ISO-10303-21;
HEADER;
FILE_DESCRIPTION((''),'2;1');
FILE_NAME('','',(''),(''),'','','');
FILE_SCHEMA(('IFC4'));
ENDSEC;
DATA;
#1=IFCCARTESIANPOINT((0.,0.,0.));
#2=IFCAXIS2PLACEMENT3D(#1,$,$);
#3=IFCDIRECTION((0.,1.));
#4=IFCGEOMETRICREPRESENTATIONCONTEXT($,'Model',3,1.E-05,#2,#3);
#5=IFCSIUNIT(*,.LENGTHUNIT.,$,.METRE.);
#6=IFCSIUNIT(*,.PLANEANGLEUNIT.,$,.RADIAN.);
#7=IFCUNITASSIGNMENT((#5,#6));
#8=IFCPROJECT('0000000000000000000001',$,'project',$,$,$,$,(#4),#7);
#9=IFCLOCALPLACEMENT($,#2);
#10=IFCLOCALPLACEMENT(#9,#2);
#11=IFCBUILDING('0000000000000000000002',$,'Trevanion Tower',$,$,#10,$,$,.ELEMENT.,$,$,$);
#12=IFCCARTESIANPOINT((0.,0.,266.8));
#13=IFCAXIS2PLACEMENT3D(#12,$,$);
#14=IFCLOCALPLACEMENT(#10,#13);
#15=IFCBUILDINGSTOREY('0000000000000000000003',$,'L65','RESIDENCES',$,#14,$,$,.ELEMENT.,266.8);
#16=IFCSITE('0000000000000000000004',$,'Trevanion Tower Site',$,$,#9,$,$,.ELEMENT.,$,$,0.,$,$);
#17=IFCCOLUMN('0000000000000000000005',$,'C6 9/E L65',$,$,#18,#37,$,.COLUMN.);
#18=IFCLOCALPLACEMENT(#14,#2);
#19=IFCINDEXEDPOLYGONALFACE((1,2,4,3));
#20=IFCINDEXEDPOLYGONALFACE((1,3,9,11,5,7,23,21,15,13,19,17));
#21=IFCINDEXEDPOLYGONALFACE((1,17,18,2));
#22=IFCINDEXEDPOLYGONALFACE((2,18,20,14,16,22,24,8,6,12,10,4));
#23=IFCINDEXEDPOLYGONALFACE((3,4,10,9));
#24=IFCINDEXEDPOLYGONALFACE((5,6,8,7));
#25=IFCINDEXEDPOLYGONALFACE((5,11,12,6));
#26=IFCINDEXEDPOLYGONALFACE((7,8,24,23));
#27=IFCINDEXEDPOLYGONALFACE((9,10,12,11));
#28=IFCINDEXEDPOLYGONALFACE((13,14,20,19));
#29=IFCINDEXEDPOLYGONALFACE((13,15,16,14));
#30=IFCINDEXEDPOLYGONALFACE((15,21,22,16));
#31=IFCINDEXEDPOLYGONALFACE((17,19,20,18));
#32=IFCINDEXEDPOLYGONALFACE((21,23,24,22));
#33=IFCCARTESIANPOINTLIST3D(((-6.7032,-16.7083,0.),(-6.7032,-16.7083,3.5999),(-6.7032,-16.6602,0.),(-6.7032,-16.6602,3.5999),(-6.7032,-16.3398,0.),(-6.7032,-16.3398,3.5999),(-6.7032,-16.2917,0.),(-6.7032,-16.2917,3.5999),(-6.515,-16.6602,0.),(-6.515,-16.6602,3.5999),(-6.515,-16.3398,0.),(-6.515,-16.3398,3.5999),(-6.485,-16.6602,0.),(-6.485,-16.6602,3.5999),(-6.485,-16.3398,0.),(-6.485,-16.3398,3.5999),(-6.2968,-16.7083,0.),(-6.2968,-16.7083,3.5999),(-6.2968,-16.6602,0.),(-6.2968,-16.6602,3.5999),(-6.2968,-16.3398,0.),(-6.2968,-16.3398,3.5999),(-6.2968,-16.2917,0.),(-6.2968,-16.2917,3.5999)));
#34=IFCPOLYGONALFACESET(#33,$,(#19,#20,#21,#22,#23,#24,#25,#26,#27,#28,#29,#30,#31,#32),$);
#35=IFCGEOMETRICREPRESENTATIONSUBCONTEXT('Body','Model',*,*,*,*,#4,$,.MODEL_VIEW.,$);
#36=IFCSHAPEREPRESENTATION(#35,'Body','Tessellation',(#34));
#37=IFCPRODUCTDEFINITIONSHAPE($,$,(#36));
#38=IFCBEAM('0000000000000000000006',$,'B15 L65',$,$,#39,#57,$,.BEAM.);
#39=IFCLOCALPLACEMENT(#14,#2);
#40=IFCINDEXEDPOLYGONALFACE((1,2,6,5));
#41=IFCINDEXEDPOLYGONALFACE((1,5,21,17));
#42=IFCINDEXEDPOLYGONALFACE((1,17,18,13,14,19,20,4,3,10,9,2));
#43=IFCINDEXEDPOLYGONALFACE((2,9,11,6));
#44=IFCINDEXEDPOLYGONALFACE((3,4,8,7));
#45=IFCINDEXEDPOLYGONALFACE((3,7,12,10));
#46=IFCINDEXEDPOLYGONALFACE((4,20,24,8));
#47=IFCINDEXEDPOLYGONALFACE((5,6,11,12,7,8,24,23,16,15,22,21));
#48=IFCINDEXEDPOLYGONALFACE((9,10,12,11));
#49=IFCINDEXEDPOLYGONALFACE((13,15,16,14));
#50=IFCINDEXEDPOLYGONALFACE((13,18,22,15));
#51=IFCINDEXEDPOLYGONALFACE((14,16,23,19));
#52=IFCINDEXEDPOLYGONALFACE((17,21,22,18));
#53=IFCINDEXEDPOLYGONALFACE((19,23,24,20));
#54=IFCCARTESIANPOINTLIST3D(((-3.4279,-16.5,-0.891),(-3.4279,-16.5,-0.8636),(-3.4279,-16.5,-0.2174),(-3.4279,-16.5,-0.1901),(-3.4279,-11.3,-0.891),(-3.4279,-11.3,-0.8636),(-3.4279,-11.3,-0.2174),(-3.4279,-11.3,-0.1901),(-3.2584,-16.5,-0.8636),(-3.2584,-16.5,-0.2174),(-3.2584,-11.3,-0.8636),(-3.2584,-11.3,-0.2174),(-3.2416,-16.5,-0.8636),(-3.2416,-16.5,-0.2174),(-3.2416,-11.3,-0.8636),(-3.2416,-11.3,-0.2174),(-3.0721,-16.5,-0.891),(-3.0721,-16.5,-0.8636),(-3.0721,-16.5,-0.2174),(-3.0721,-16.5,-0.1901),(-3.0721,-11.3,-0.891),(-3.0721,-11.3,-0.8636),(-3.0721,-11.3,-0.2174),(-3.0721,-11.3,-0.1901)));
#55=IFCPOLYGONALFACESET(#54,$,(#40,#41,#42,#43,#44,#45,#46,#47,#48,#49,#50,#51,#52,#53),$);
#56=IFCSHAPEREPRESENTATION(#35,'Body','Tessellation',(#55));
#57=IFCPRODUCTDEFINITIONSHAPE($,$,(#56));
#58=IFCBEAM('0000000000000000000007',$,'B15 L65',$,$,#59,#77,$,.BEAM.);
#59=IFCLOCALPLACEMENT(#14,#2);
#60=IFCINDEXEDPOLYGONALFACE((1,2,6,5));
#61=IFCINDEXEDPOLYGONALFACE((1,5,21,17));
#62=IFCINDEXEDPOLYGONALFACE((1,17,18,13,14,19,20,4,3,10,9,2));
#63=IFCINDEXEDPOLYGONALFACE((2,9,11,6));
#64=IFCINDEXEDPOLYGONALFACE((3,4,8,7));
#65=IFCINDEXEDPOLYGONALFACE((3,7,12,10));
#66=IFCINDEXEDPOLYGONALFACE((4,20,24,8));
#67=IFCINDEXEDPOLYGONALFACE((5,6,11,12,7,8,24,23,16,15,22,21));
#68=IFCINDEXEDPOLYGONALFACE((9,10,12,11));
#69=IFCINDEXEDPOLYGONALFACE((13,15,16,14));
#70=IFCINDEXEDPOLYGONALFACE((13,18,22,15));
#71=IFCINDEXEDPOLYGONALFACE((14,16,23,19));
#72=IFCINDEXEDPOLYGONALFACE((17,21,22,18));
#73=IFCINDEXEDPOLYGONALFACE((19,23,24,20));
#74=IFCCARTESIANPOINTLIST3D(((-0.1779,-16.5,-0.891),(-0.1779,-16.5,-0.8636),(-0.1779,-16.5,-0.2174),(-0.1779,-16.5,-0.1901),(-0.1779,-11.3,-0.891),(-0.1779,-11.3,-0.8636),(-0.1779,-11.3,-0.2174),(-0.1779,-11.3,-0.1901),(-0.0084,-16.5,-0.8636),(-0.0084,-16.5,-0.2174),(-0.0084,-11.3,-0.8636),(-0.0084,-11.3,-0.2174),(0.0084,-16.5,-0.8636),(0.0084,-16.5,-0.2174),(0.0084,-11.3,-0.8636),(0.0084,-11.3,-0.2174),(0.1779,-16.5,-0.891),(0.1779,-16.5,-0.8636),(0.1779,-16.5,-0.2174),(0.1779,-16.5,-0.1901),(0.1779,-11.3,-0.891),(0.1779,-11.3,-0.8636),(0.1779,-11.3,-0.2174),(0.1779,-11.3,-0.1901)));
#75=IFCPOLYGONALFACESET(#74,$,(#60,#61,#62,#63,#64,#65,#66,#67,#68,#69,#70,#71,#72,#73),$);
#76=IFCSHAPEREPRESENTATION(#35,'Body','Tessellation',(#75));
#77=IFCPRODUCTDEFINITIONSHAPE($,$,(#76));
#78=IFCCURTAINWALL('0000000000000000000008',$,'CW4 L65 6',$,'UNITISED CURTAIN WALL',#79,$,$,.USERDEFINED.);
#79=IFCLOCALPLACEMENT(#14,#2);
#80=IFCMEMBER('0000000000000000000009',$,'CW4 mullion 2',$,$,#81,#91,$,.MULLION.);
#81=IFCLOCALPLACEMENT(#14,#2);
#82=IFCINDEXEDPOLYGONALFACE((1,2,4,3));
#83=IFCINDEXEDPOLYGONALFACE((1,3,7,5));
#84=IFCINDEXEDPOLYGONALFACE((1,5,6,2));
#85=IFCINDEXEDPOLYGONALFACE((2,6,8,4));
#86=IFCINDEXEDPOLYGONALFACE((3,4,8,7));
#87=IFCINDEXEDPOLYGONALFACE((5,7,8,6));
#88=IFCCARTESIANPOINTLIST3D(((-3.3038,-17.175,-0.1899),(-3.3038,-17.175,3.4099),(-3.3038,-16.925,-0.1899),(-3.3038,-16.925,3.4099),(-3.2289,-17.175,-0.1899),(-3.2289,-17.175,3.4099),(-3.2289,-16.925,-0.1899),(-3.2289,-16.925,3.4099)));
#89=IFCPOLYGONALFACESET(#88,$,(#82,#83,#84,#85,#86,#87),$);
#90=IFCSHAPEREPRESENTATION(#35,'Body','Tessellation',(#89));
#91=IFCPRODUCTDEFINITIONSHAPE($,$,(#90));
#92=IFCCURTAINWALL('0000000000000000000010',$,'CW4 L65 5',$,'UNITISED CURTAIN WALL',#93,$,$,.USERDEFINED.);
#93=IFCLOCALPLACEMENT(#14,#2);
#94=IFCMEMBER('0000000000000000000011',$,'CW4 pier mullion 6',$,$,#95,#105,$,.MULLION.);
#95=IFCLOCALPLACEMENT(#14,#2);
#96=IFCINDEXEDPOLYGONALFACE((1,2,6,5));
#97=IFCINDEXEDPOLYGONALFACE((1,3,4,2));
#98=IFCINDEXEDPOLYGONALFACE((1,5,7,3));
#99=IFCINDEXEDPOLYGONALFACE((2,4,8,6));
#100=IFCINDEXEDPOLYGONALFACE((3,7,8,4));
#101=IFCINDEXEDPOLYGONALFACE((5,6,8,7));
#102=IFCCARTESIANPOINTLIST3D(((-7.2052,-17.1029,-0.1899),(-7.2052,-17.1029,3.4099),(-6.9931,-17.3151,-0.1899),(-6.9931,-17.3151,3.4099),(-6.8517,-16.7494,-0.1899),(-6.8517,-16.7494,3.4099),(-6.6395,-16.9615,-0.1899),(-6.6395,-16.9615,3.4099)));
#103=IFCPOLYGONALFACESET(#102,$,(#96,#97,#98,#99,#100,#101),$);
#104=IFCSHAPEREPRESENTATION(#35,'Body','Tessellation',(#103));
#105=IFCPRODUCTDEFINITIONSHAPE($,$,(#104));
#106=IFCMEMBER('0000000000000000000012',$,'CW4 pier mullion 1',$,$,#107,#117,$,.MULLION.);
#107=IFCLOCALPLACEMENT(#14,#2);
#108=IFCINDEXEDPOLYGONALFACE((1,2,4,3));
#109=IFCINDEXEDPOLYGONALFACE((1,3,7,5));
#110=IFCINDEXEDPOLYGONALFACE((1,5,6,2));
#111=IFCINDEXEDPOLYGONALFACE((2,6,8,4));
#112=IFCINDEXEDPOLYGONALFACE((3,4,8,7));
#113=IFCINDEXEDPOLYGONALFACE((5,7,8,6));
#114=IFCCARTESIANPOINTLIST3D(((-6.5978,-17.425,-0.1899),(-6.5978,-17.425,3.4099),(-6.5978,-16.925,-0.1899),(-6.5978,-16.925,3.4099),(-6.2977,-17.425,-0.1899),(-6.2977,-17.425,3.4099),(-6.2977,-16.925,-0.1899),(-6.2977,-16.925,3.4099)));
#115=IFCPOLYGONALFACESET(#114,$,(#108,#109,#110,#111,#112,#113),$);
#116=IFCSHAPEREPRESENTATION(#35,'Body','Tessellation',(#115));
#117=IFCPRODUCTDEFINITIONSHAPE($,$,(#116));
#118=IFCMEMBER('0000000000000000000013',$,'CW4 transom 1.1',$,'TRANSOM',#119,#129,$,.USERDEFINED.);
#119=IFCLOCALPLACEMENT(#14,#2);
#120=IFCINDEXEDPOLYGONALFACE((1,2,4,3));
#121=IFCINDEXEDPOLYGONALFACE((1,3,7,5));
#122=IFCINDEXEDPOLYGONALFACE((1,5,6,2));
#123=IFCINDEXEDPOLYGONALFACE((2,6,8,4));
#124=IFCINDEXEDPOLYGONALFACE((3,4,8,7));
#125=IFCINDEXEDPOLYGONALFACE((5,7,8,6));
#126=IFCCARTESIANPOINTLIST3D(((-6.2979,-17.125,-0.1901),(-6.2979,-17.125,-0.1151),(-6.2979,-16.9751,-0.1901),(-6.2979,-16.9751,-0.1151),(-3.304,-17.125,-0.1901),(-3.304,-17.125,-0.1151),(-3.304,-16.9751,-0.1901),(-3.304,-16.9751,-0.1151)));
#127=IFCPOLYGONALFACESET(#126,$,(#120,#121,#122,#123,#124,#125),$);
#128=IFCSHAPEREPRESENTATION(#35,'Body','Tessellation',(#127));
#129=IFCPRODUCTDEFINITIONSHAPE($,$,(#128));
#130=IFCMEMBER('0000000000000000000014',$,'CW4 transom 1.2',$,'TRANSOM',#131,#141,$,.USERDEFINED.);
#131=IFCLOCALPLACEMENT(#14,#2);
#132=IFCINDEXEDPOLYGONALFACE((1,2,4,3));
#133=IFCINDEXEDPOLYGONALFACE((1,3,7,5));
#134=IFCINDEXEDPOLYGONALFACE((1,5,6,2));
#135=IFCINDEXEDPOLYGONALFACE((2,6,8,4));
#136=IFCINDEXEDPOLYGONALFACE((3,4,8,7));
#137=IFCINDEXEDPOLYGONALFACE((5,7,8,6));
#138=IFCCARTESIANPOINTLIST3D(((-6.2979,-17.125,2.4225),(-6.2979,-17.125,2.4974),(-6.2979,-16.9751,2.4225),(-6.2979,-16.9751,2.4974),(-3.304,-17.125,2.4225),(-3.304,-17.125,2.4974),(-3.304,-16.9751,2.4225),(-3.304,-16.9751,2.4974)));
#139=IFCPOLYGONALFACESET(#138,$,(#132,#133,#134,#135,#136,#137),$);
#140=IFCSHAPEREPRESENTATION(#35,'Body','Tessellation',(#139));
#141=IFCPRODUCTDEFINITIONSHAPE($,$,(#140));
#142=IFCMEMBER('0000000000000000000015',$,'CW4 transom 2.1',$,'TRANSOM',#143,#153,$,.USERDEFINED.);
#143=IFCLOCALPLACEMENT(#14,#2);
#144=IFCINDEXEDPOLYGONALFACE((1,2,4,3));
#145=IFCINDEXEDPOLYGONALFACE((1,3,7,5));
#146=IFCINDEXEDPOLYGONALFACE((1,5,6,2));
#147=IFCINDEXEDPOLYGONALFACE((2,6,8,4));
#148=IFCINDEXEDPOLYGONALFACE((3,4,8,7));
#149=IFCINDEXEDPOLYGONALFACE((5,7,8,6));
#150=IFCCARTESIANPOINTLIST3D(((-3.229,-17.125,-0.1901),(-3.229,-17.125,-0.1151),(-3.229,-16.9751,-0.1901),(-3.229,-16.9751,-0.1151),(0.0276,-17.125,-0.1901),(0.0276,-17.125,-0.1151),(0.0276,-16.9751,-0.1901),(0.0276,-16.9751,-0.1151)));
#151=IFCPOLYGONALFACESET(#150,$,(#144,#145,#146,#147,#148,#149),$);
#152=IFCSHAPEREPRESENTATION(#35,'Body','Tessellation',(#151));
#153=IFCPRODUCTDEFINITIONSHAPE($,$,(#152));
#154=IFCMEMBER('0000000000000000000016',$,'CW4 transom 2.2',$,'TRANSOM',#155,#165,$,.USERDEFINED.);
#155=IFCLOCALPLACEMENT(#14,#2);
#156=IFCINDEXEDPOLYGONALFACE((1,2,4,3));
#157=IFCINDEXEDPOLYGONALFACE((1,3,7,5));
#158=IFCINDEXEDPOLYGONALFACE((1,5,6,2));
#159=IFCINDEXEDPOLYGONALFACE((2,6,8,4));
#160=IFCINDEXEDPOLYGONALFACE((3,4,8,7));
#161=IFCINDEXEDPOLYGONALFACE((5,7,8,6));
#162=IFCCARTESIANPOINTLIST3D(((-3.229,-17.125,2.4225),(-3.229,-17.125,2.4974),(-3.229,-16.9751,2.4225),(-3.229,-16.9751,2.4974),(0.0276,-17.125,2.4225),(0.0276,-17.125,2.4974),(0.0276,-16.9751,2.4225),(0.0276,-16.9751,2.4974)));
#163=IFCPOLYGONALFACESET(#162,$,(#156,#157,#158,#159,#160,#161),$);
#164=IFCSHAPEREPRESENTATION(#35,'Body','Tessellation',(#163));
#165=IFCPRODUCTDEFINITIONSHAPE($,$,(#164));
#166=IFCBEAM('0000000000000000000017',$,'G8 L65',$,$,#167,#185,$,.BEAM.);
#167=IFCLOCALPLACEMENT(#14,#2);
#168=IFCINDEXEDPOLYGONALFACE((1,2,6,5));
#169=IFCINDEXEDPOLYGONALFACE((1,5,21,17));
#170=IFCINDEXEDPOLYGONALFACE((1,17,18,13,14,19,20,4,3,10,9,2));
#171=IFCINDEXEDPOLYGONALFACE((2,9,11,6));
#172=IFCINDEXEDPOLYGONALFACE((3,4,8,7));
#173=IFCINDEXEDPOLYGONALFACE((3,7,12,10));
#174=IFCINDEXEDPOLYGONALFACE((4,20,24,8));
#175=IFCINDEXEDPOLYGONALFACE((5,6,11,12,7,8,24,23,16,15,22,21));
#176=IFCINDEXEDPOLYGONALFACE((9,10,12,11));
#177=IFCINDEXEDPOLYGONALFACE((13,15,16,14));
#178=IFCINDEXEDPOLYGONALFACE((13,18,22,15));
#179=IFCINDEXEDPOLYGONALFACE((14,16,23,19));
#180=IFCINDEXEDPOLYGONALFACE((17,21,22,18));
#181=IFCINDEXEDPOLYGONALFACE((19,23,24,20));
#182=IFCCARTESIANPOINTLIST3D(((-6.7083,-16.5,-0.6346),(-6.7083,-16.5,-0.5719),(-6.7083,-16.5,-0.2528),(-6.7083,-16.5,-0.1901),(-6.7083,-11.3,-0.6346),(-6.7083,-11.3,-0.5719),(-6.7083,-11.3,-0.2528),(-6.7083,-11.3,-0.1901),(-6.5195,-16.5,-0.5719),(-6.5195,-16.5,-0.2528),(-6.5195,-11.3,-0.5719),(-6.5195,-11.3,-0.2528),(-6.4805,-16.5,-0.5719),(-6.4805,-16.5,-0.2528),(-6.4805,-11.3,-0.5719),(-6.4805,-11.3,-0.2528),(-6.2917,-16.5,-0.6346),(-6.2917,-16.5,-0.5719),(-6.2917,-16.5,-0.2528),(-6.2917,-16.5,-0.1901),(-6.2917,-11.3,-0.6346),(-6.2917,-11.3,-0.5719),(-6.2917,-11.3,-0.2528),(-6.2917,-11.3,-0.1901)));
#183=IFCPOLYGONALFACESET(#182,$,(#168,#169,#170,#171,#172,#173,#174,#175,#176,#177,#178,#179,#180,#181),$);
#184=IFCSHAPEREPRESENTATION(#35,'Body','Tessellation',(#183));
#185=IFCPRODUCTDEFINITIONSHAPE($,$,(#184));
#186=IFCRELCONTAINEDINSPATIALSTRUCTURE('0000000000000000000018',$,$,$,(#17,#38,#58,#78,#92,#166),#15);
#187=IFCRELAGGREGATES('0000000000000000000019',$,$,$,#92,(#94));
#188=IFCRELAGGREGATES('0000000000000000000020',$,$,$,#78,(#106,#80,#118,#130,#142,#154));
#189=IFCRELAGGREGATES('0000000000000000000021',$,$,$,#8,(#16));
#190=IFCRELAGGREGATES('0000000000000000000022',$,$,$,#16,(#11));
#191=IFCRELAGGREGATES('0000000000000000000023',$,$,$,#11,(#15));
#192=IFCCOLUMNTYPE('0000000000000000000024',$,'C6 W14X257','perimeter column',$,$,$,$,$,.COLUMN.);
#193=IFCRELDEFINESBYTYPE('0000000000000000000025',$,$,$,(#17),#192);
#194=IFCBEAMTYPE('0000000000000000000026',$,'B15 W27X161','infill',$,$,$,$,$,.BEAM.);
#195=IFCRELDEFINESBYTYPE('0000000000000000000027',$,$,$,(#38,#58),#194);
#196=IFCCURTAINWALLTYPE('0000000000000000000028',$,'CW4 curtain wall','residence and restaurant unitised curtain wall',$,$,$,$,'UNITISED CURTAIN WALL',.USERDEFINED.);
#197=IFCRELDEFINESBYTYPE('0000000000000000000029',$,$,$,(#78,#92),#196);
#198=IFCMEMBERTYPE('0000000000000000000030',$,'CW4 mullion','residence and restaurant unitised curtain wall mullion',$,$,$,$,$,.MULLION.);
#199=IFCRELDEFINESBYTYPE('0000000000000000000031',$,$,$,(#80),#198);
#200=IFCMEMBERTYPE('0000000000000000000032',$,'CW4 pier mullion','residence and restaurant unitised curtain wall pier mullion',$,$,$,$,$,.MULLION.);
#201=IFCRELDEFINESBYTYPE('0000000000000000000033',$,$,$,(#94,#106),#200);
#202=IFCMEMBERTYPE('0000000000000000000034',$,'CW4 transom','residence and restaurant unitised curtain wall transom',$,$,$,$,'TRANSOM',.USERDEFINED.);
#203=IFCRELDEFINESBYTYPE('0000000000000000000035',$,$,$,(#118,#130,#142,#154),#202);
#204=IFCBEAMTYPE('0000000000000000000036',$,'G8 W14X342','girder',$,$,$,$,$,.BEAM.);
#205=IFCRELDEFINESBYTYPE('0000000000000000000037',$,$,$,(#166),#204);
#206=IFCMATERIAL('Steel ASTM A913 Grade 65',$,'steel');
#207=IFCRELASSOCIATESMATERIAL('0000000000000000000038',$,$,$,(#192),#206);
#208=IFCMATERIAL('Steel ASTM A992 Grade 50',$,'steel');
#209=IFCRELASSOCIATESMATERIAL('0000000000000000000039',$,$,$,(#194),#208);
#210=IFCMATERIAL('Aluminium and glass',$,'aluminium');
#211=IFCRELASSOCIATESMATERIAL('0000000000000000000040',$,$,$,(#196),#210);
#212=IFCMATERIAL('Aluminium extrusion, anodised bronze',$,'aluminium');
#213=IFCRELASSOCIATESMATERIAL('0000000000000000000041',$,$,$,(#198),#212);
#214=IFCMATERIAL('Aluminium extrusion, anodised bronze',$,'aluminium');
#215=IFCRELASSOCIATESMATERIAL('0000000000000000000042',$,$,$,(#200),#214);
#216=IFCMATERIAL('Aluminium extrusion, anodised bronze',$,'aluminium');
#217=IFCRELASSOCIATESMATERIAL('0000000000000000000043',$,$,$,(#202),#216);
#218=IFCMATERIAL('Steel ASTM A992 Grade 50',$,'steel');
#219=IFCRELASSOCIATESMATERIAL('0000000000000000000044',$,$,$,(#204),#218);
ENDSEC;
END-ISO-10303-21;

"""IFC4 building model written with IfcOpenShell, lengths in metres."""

from ifc_helpers import new_model, si_unit, direction, frame, origin, origin_2d, place, context, subcontext, project, spatial, rectangle, i_section, extrude, material, material_profile, profile_set, type_object, element, aggregate, save


model = new_model("IFC4")

# Units and contexts
model_context = context("Model", 3, precision=1e-05, world=origin(), true_north=direction((0.0, 1.0)))
body_context = subcontext(model_context, "Body", "Model", "MODEL_VIEW")
ifc_project = project(units=[si_unit("LENGTHUNIT", "METRE"), si_unit("PLANEANGLEUNIT", "RADIAN")], contexts=[model_context])

# Site, building, storey
site_placement = place(None, origin())
site = spatial("IfcSite", under=ifc_project, at=site_placement, Name="Trevanion Tower Site", CompositionType="ELEMENT", RefElevation=0.0)
building_placement = place(site_placement, origin())
building = spatial("IfcBuilding", under=site, at=building_placement, Name="Trevanion Tower", CompositionType="ELEMENT")
storey_placement = place(building_placement, frame((0.0, 0.0, 266.8)))
storey = spatial("IfcBuildingStorey", under=building, at=storey_placement, Name="L65", Description="RESIDENCES", CompositionType="ELEMENT", Elevation=266.8)

# Column
ifc_material_1 = material(Name="Steel ASTM A913 Grade 65", Category="steel")
ifc_material_profile_1 = material_profile(ifc_material_1, i_section(OverallWidth=0.4065, OverallDepth=0.4165, WebThickness=0.03, FlangeThickness=0.0481, at=origin_2d()), Name="W14X257")
ifc_profile_set_1 = profile_set([ifc_material_profile_1], Name="Steel ASTM A913 Grade 65")
column_type = type_object("IfcColumnType", Name="C6 W14X257", Description="perimeter column", PredefinedType="COLUMN", material=ifc_profile_set_1)
column_placement = place(storey_placement, frame((-6.5, -16.5, 0.0), z_axis=(0.0, 0.0, 1.0), x_axis=(1.0, 0.0, 0.0)))
element("IfcColumn", 1, at=column_placement, inside=storey, type_object=column_type, Name="C6 9/E L65", PredefinedType="COLUMN", context=body_context, shape_type="SweptSolid", body=[
    extrude(i_section(OverallWidth=0.4065, OverallDepth=0.4165, WebThickness=0.03, FlangeThickness=0.0481, at=origin_2d()), origin(), (0.0, 0.0, 1.0), 3.5999),
])

# Beams
ifc_material_2 = material(Name="Steel ASTM A992 Grade 50", Category="steel")
ifc_material_profile_2 = material_profile(ifc_material_2, i_section(OverallWidth=0.3557, OverallDepth=0.7009, WebThickness=0.0168, FlangeThickness=0.0273, at=origin_2d()), Name="W27X161")
ifc_profile_set_2 = profile_set([ifc_material_profile_2], Name="Steel ASTM A992 Grade 50")
beam_type_1 = type_object("IfcBeamType", Name="B15 W27X161", Description="infill", PredefinedType="BEAM", material=ifc_profile_set_2)
for number, where, z_axis, x_axis, name in (
    (2, (-3.25, -11.3, -0.5405), (0.0, -1.0, 0.0), (1.0, 0.0, 0.0), "B15 L65"),
    (3, (0.0, -11.3, -0.5405), (0.0, -1.0, 0.0), (1.0, 0.0, 0.0), "B15 L65"),
):
    element("IfcBeam", number, at=place(storey_placement, frame(where, z_axis=z_axis, x_axis=x_axis)), inside=storey, type_object=beam_type_1, Name=name, PredefinedType="BEAM", context=body_context, shape_type="SweptSolid", body=[
        extrude(i_section(OverallWidth=0.3557, OverallDepth=0.7009, WebThickness=0.0168, FlangeThickness=0.0273, at=origin_2d()), origin(), (0.0, 0.0, 1.0), 5.2),
    ])

# Curtain walls, members
ifc_material_3 = material(Name="Aluminium and glass", Category="aluminium")
curtain_wall_type = type_object("IfcCurtainWallType", Name="CW4 curtain wall", Description="residence and restaurant unitised curtain wall", ElementType="UNITISED CURTAIN WALL", PredefinedType="USERDEFINED", material=ifc_material_3)
curtain_wall_1_placement = place(storey_placement, origin())
curtain_wall_1 = element("IfcCurtainWall", 4, at=curtain_wall_1_placement, inside=storey, type_object=curtain_wall_type, Name="CW4 L65 6", ObjectType="UNITISED CURTAIN WALL", PredefinedType="USERDEFINED")
ifc_material_4 = material(Name="Aluminium extrusion, anodised bronze", Category="aluminium")
ifc_material_profile_3 = material_profile(ifc_material_4, rectangle(XDim=0.075, YDim=0.25, at=origin_2d()), Name="CW4 mullion")
ifc_profile_set_3 = profile_set([ifc_material_profile_3], Name="Aluminium extrusion, anodised bronze")
member_type_1 = type_object("IfcMemberType", Name="CW4 mullion", Description="residence and restaurant unitised curtain wall mullion", PredefinedType="MULLION", material=ifc_profile_set_3)
member_1_placement = place(storey_placement, frame((-3.2664, -17.05, -0.1899), z_axis=(0.0, 0.0, 1.0), x_axis=(1.0, 0.0, 0.0)))
member_1 = element("IfcMember", 5, at=member_1_placement, type_object=member_type_1, Name="CW4 mullion 2", PredefinedType="MULLION", context=body_context, shape_type="SweptSolid", body=[
    extrude(rectangle(XDim=0.075, YDim=0.25, at=origin_2d()), origin(), (0.0, 0.0, 1.0), 3.5999),
])
curtain_wall_2_placement = place(storey_placement, origin())
curtain_wall_2 = element("IfcCurtainWall", 6, at=curtain_wall_2_placement, inside=storey, type_object=curtain_wall_type, Name="CW4 L65 5", ObjectType="UNITISED CURTAIN WALL", PredefinedType="USERDEFINED")
ifc_material_5 = material(Name="Aluminium extrusion, anodised bronze", Category="aluminium")
ifc_material_profile_4 = material_profile(ifc_material_5, rectangle(XDim=0.3, YDim=0.5, at=origin_2d()), Name="CW4 pier mullion")
ifc_profile_set_4 = profile_set([ifc_material_profile_4], Name="Aluminium extrusion, anodised bronze")
member_type_2 = type_object("IfcMemberType", Name="CW4 pier mullion", Description="residence and restaurant unitised curtain wall pier mullion", PredefinedType="MULLION", material=ifc_profile_set_4)
member_2_placement = place(storey_placement, frame((-6.9224, -17.0322, -0.1899), z_axis=(0.0, 0.0, 1.0), x_axis=(0.707107, -0.707107, 0.0)))
member_2 = element("IfcMember", 7, at=member_2_placement, type_object=member_type_2, Name="CW4 pier mullion 6", PredefinedType="MULLION", context=body_context, shape_type="SweptSolid", body=[
    extrude(rectangle(XDim=0.3, YDim=0.5, at=origin_2d()), origin(), (0.0, 0.0, 1.0), 3.5999),
])

# Members
member_3_placement = place(storey_placement, frame((-6.4478, -17.175, -0.1899), z_axis=(0.0, 0.0, 1.0), x_axis=(1.0, 0.0, 0.0)))
member_3 = element("IfcMember", 8, at=member_3_placement, type_object=member_type_2, Name="CW4 pier mullion 1", PredefinedType="MULLION", context=body_context, shape_type="SweptSolid", body=[
    extrude(rectangle(XDim=0.3, YDim=0.5, at=origin_2d()), origin(), (0.0, 0.0, 1.0), 3.5999),
])
ifc_material_6 = material(Name="Aluminium extrusion, anodised bronze", Category="aluminium")
ifc_material_profile_5 = material_profile(ifc_material_6, rectangle(XDim=0.1499, YDim=0.075, at=origin_2d()), Name="CW4 transom")
ifc_profile_set_5 = profile_set([ifc_material_profile_5], Name="Aluminium extrusion, anodised bronze")
member_type_3 = type_object("IfcMemberType", Name="CW4 transom", Description="residence and restaurant unitised curtain wall transom", ElementType="TRANSOM", PredefinedType="USERDEFINED", material=ifc_profile_set_5)
member_4_placement = place(storey_placement, frame((-6.2979, -17.05, -0.1526), z_axis=(1.0, 0.0, 0.0), x_axis=(0.0, 1.0, 0.0)))
member_4 = element("IfcMember", 9, at=member_4_placement, type_object=member_type_3, Name="CW4 transom 1.1", ObjectType="TRANSOM", PredefinedType="USERDEFINED", context=body_context, shape_type="SweptSolid", body=[
    extrude(rectangle(XDim=0.1499, YDim=0.075, at=origin_2d()), origin(), (0.0, 0.0, 1.0), 2.9939),
])
member_5_placement = place(storey_placement, frame((-6.2979, -17.05, 2.46), z_axis=(1.0, 0.0, 0.0), x_axis=(0.0, 1.0, 0.0)))
member_5 = element("IfcMember", 10, at=member_5_placement, type_object=member_type_3, Name="CW4 transom 1.2", ObjectType="TRANSOM", PredefinedType="USERDEFINED", context=body_context, shape_type="SweptSolid", body=[
    extrude(rectangle(XDim=0.1499, YDim=0.075, at=origin_2d()), origin(), (0.0, 0.0, 1.0), 2.9939),
])
member_6_placement = place(storey_placement, frame((-3.229, -17.05, -0.1526), z_axis=(1.0, 0.0, 0.0), x_axis=(0.0, 1.0, 0.0)))
member_6 = element("IfcMember", 11, at=member_6_placement, type_object=member_type_3, Name="CW4 transom 2.1", ObjectType="TRANSOM", PredefinedType="USERDEFINED", context=body_context, shape_type="SweptSolid", body=[
    extrude(rectangle(XDim=0.1499, YDim=0.075, at=origin_2d()), origin(), (0.0, 0.0, 1.0), 3.2566),
])
member_7_placement = place(storey_placement, frame((-3.229, -17.05, 2.46), z_axis=(1.0, 0.0, 0.0), x_axis=(0.0, 1.0, 0.0)))
member_7 = element("IfcMember", 12, at=member_7_placement, type_object=member_type_3, Name="CW4 transom 2.2", ObjectType="TRANSOM", PredefinedType="USERDEFINED", context=body_context, shape_type="SweptSolid", body=[
    extrude(rectangle(XDim=0.1499, YDim=0.075, at=origin_2d()), origin(), (0.0, 0.0, 1.0), 3.2566),
])

# Beam
ifc_material_7 = material(Name="Steel ASTM A992 Grade 50", Category="steel")
ifc_material_profile_6 = material_profile(ifc_material_7, i_section(OverallWidth=0.4165, OverallDepth=0.4446, WebThickness=0.0391, FlangeThickness=0.0627, at=origin_2d()), Name="W14X342")
ifc_profile_set_6 = profile_set([ifc_material_profile_6], Name="Steel ASTM A992 Grade 50")
beam_type_2 = type_object("IfcBeamType", Name="G8 W14X342", Description="girder", PredefinedType="BEAM", material=ifc_profile_set_6)
beam_1_placement = place(storey_placement, frame((-6.5, -11.3, -0.4124), z_axis=(0.0, -1.0, 0.0), x_axis=(1.0, 0.0, 0.0)))
element("IfcBeam", 13, at=beam_1_placement, inside=storey, type_object=beam_type_2, Name="G8 L65", PredefinedType="BEAM", context=body_context, shape_type="SweptSolid", body=[
    extrude(i_section(OverallWidth=0.4165, OverallDepth=0.4446, WebThickness=0.0391, FlangeThickness=0.0627, at=origin_2d()), origin(), (0.0, 0.0, 1.0), 5.2),
])

aggregate(curtain_wall_2, [member_2])
aggregate(curtain_wall_1, [member_3, member_1, member_4, member_5, member_6, member_7])

save(model, "model.ifc")
